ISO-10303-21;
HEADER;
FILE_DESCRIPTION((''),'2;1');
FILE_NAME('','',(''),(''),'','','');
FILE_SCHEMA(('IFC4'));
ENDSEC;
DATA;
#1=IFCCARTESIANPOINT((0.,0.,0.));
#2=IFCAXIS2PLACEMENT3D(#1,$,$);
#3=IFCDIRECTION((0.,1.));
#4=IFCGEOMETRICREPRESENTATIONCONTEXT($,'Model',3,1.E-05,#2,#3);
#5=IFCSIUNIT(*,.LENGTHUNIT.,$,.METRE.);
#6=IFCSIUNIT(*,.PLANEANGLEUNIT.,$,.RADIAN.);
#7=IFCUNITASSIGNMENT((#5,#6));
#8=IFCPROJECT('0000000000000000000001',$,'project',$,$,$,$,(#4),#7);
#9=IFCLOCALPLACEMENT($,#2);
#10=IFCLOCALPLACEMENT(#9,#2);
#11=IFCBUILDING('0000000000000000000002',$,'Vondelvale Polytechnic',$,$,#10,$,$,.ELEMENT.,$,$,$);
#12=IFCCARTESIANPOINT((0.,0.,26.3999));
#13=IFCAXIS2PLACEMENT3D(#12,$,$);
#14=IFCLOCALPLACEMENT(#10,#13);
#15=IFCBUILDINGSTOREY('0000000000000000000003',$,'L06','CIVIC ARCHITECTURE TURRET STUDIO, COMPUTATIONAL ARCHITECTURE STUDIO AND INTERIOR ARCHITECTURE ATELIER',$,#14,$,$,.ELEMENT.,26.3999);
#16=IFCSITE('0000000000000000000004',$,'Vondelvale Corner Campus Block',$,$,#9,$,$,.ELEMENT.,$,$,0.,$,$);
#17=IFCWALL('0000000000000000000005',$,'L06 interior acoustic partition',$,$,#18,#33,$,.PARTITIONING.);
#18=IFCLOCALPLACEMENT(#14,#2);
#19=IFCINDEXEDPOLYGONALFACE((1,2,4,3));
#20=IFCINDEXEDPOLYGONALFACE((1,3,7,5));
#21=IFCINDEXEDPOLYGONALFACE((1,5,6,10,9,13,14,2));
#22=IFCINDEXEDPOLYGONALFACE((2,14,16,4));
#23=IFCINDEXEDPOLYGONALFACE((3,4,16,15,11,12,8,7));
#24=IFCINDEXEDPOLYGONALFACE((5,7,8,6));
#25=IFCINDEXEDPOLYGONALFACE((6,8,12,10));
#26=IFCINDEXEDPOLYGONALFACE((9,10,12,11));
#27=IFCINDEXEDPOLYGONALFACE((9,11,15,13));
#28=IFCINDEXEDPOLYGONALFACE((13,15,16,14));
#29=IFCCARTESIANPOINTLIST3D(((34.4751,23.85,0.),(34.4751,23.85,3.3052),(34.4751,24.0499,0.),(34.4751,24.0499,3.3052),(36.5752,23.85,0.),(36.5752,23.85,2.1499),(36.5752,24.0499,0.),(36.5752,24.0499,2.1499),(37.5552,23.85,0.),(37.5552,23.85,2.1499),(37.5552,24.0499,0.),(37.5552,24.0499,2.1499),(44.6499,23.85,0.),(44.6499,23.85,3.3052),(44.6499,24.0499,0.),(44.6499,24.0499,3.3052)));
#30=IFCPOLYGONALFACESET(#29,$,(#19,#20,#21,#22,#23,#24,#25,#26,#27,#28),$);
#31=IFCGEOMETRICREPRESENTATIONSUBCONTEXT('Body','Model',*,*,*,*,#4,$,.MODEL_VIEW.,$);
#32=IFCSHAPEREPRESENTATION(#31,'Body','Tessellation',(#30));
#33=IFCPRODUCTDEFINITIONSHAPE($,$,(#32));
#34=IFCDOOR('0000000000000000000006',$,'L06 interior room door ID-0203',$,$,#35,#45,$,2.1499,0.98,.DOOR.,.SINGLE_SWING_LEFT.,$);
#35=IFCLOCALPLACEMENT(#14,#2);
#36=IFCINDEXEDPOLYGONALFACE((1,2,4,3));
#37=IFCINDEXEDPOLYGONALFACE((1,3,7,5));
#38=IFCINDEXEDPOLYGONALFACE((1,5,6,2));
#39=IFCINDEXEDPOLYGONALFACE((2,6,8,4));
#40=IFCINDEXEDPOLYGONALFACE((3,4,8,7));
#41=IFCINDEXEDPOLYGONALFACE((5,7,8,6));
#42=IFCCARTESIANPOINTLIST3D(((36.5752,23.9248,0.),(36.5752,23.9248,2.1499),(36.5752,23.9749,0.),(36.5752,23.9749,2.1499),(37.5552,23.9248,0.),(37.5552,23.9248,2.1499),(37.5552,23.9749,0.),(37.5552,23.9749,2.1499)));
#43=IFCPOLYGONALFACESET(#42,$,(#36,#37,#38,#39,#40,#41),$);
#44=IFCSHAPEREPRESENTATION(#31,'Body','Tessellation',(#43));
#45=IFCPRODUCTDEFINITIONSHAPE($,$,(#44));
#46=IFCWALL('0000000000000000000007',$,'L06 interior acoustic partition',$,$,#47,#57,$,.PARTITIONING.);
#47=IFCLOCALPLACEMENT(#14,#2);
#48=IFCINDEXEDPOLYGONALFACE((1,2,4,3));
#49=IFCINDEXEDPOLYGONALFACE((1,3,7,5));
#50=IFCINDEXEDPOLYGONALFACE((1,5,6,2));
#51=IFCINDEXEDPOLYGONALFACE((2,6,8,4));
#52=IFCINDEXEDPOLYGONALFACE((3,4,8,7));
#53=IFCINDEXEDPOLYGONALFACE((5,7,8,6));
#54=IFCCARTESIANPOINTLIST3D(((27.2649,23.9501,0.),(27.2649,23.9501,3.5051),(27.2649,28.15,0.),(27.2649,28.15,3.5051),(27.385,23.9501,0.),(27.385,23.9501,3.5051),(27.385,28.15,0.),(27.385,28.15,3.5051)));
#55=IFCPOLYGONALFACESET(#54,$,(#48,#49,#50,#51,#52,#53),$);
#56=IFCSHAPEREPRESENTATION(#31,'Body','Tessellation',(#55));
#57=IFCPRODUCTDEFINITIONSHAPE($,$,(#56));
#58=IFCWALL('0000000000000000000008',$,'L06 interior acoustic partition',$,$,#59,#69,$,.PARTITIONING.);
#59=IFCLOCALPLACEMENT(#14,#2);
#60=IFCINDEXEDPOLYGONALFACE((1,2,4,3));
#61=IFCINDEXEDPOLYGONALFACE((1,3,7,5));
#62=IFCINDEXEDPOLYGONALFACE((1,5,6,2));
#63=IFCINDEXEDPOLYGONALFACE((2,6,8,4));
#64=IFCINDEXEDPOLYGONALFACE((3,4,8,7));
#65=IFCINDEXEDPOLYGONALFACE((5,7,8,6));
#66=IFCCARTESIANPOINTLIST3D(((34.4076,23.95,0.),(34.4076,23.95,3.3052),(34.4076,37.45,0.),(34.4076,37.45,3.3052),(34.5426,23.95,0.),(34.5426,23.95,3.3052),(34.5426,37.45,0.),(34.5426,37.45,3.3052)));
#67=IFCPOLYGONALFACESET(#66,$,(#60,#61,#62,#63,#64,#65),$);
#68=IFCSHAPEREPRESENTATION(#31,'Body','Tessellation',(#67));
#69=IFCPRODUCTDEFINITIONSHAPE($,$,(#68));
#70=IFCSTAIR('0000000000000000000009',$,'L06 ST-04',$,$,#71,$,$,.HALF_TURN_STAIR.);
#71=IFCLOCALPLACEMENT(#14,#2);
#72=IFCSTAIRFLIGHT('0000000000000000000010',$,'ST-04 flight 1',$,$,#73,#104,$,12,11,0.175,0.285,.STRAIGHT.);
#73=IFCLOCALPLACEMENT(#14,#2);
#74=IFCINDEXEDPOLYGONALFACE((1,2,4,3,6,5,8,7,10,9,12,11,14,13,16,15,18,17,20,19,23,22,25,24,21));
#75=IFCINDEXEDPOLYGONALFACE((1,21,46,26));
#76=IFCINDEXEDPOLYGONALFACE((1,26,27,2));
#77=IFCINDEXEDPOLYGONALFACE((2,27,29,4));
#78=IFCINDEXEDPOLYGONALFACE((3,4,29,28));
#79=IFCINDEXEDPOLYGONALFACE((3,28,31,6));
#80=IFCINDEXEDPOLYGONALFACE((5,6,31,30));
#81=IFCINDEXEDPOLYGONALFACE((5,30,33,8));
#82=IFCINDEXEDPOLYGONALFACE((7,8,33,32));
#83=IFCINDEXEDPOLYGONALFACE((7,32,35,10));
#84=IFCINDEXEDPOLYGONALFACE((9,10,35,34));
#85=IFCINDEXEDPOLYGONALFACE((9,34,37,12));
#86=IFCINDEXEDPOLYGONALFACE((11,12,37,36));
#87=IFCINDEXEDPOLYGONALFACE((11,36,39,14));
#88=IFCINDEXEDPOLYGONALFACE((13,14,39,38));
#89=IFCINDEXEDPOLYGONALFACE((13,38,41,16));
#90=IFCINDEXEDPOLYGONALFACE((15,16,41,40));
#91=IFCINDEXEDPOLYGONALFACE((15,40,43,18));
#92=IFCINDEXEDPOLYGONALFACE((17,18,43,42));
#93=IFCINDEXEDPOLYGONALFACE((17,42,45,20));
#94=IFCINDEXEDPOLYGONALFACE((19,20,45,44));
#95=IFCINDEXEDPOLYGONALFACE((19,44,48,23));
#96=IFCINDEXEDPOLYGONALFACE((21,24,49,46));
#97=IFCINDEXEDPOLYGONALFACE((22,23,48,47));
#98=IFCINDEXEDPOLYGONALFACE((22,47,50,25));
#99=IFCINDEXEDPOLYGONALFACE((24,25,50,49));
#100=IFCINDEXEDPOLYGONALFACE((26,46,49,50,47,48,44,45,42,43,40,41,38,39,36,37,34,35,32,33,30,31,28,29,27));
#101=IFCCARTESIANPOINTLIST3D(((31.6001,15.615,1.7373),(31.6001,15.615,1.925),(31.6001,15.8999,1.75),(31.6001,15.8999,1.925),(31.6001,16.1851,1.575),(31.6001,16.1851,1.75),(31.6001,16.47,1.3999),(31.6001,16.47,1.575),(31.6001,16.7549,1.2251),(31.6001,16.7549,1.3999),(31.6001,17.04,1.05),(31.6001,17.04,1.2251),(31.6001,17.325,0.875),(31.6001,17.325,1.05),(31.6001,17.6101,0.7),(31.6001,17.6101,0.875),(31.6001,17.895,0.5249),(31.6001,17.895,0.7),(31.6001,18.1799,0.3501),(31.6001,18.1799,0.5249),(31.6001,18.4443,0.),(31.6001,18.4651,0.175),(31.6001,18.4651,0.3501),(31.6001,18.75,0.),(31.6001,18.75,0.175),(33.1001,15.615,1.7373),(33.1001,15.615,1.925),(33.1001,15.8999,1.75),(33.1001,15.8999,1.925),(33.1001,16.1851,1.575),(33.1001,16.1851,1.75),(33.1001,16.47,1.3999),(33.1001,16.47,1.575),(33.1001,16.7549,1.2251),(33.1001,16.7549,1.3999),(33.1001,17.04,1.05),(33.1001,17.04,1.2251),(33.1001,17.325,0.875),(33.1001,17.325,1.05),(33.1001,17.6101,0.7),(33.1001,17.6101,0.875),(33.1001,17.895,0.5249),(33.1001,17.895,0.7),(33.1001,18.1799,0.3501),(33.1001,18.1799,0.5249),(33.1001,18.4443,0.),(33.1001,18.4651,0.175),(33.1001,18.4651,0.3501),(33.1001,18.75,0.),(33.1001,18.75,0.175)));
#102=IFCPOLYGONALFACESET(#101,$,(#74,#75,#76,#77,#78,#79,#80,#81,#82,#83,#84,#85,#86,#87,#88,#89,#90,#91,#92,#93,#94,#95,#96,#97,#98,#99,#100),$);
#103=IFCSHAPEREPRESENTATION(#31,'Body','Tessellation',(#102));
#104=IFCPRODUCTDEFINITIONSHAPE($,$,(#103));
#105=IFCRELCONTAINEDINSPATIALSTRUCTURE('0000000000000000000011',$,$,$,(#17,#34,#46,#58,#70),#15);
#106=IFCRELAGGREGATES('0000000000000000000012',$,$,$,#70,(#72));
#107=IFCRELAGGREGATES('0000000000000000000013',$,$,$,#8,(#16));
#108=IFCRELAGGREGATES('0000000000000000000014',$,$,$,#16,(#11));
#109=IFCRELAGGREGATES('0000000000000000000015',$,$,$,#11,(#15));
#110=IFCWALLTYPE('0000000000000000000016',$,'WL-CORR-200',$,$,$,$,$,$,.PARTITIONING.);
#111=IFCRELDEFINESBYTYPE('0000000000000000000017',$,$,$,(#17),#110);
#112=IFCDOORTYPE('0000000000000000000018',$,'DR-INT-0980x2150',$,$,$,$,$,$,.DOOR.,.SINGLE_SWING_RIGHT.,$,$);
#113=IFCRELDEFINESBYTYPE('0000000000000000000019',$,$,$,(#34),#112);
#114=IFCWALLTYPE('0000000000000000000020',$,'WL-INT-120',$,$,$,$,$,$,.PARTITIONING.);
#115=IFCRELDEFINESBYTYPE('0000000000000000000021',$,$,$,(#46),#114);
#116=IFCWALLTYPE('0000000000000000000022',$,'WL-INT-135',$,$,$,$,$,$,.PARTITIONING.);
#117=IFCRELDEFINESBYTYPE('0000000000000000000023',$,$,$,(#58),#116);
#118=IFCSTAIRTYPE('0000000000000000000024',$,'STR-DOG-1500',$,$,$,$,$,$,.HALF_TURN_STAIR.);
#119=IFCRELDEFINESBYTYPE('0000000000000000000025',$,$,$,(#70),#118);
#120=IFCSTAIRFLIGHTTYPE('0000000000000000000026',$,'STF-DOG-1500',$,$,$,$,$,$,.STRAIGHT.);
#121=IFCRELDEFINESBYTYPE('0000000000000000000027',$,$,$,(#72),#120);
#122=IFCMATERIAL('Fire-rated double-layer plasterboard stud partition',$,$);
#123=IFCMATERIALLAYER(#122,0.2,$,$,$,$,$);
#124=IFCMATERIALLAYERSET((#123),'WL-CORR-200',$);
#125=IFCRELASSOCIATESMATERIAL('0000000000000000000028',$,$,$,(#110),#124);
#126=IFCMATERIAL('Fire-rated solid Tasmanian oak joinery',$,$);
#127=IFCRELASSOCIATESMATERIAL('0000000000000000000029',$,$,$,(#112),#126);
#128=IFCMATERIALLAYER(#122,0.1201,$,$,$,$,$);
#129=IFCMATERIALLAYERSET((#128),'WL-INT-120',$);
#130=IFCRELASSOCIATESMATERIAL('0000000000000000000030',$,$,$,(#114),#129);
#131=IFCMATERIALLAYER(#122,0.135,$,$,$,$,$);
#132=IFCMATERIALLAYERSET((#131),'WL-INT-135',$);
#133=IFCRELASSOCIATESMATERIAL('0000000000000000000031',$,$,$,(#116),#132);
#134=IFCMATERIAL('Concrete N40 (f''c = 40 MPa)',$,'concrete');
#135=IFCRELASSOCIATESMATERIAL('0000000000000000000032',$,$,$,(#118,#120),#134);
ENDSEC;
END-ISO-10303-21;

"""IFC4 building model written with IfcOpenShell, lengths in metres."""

from ifc_helpers import new_model, si_unit, direction, frame, frame_2d, origin, place, context, subcontext, project, spatial, polyline, rectangle, outline, extrude, material, layer, layer_set, type_object, element, fill, aggregate, save


model = new_model("IFC4")

# Units and contexts
model_context = context("Model", 3, precision=1e-05, world=origin(), true_north=direction((0.0, 1.0)))
body_context = subcontext(model_context, "Body", "Model", "MODEL_VIEW")
ifc_project = project(units=[si_unit("LENGTHUNIT", "METRE"), si_unit("PLANEANGLEUNIT", "RADIAN")], contexts=[model_context])

# Site, building, storey
site_placement = place(None, origin())
site = spatial("IfcSite", under=ifc_project, at=site_placement, Name="Vondelvale Corner Campus Block", CompositionType="ELEMENT", RefElevation=0.0)
building_placement = place(site_placement, origin())
building = spatial("IfcBuilding", under=site, at=building_placement, Name="Vondelvale Polytechnic", CompositionType="ELEMENT")
storey_placement = place(building_placement, frame((0.0, 0.0, 26.3999)))
storey = spatial("IfcBuildingStorey", under=building, at=storey_placement, Name="L06", Description="CIVIC ARCHITECTURE TURRET STUDIO, COMPUTATIONAL ARCHITECTURE STUDIO AND INTERIOR ARCHITECTURE ATELIER", CompositionType="ELEMENT", Elevation=26.3999)

# Shared definitions
ifc_material_1 = material(Name="Concrete N40 (f'c = 40 MPa)", Category="concrete")

# Wall, opening, door
ifc_material_2 = material(Name="Fire-rated double-layer plasterboard stud partition")
ifc_layer_1 = layer(ifc_material_2, 0.2)
ifc_layer_set_1 = layer_set([ifc_layer_1], Name="WL-CORR-200")
wall_type_1 = type_object("IfcWallType", Name="WL-CORR-200", PredefinedType="PARTITIONING", material=ifc_layer_set_1)
ifc_material_3 = material(Name="Fire-rated solid Tasmanian oak joinery")
door_type_1 = type_object("IfcDoorType", Name="DR-INT-0980x2150", OperationType="SINGLE_SWING_RIGHT", PredefinedType="DOOR", material=ifc_material_3)
wall_1_placement = place(storey_placement, frame((34.4751, 23.95, 0.0), z_axis=(0.0, 0.0, 1.0), x_axis=(1.0, 0.0, 0.0)))
wall_1 = element("IfcWall", 1, at=wall_1_placement, inside=storey, type_object=wall_type_1, Name="L06 interior acoustic partition", PredefinedType="PARTITIONING", context=body_context, shape_type="SweptSolid", body=[
    extrude(rectangle(XDim=10.1748, YDim=0.2, at=frame_2d((5.0874, 0.0))), origin(), (0.0, 0.0, 1.0), 3.3052),
])
opening_1_placement = place(wall_1_placement, frame((2.1001, 0.0, 0.0)))
opening_1 = element("IfcOpeningElement", 2, at=opening_1_placement, cuts=wall_1, PredefinedType="OPENING", context=body_context, shape_type="SweptSolid", body=[
    extrude(rectangle(XDim=0.98, YDim=2.1499, at=frame_2d((0.49, 1.075))), frame((0.0, 0.1099, 0.0), z_axis=(0.0, -1.0, 0.0), x_axis=(1.0, 0.0, 0.0)), (0.0, 0.0, 1.0), 0.22),
])
door_1_placement = place(opening_1_placement, origin())
door_1 = element("IfcDoor", 3, at=door_1_placement, inside=storey, type_object=door_type_1, Name="L06 interior room door ID-0203", OperationType="SINGLE_SWING_LEFT", OverallHeight=2.1499, OverallWidth=0.98, PredefinedType="DOOR", context=body_context, shape_type="SweptSolid", body=[
    extrude(rectangle(XDim=0.98, YDim=2.1499, at=frame_2d((0.49, 1.075))), frame((0.0, 0.0249, 0.0), z_axis=(0.0, -1.0, 0.0), x_axis=(1.0, 0.0, 0.0)), (0.0, 0.0, 1.0), 0.05),
])
fill(opening_1, door_1)

# Walls
ifc_layer_2 = layer(ifc_material_2, 0.1201)
ifc_layer_set_2 = layer_set([ifc_layer_2], Name="WL-INT-120")
wall_type_2 = type_object("IfcWallType", Name="WL-INT-120", PredefinedType="PARTITIONING", material=ifc_layer_set_2)
wall_2_placement = place(storey_placement, frame((27.325, 23.95, 0.0), z_axis=(0.0, 0.0, 1.0), x_axis=(0.0, 1.0, 0.0)))
element("IfcWall", 4, at=wall_2_placement, inside=storey, type_object=wall_type_2, Name="L06 interior acoustic partition", PredefinedType="PARTITIONING", context=body_context, shape_type="SweptSolid", body=[
    extrude(rectangle(XDim=4.2, YDim=0.1201, at=frame_2d((2.1001, 0.0))), origin(), (0.0, 0.0, 1.0), 3.5051),
])
ifc_layer_3 = layer(ifc_material_2, 0.135)
ifc_layer_set_3 = layer_set([ifc_layer_3], Name="WL-INT-135")
wall_type_3 = type_object("IfcWallType", Name="WL-INT-135", PredefinedType="PARTITIONING", material=ifc_layer_set_3)
wall_3_placement = place(storey_placement, frame((34.4751, 23.95, 0.0), z_axis=(0.0, 0.0, 1.0), x_axis=(0.0, 1.0, 0.0)))
element("IfcWall", 5, at=wall_3_placement, inside=storey, type_object=wall_type_3, Name="L06 interior acoustic partition", PredefinedType="PARTITIONING", context=body_context, shape_type="SweptSolid", body=[
    extrude(rectangle(XDim=13.5, YDim=0.135, at=frame_2d((6.75, 0.0))), origin(), (0.0, 0.0, 1.0), 3.3052),
])

# Stair, stair flight
stair_type = type_object("IfcStairType", Name="STR-DOG-1500", PredefinedType="HALF_TURN_STAIR", material=ifc_material_1)
stair_placement = place(storey_placement, origin())
stair = element("IfcStair", 6, at=stair_placement, inside=storey, type_object=stair_type, Name="L06 ST-04", PredefinedType="HALF_TURN_STAIR")
stair_flight_type = type_object("IfcStairFlightType", Name="STF-DOG-1500", PredefinedType="STRAIGHT", material=ifc_material_1)
stair_flight_placement = place(storey_placement, frame((32.3501, 18.75, 0.0), z_axis=(0.0, 0.0, 1.0), x_axis=(0.0, -1.0, 0.0)))
stair_flight = element("IfcStairFlight", 7, at=stair_flight_placement, type_object=stair_flight_type, Name="ST-04 flight 1", NumberOfRisers=12, NumberOfTreads=11, PredefinedType="STRAIGHT", RiserHeight=0.175, TreadLength=0.285, context=body_context, shape_type="SweptSolid", body=[
    extrude(outline(polyline([(0.0, 0.0), (0.0, 0.175), (0.2849, 0.175), (0.2849, 0.3501), (0.5701, 0.3501), (0.5701, 0.5249), (0.855, 0.5249), (0.855, 0.7), (1.1399, 0.7), (1.1399, 0.875), (1.425, 0.875), (1.425, 1.05), (1.71, 1.05), (1.71, 1.2251), (1.9951, 1.2251), (1.9951, 1.3999), (2.28, 1.3999), (2.28, 1.575), (2.5649, 1.575), (2.5649, 1.75), (2.8501, 1.75), (2.8501, 1.925), (3.135, 1.925), (3.135, 2.1001), (3.135, 1.7373), (0.3057, 0.0), (0.0, 0.0)])), frame((0.0, 0.75, 0.0), z_axis=(0.0, -1.0, 0.0), x_axis=(1.0, 0.0, 0.0)), (0.0, 0.0, 1.0), 1.5),
])
aggregate(stair, [stair_flight])

save(model, "model.ifc")
